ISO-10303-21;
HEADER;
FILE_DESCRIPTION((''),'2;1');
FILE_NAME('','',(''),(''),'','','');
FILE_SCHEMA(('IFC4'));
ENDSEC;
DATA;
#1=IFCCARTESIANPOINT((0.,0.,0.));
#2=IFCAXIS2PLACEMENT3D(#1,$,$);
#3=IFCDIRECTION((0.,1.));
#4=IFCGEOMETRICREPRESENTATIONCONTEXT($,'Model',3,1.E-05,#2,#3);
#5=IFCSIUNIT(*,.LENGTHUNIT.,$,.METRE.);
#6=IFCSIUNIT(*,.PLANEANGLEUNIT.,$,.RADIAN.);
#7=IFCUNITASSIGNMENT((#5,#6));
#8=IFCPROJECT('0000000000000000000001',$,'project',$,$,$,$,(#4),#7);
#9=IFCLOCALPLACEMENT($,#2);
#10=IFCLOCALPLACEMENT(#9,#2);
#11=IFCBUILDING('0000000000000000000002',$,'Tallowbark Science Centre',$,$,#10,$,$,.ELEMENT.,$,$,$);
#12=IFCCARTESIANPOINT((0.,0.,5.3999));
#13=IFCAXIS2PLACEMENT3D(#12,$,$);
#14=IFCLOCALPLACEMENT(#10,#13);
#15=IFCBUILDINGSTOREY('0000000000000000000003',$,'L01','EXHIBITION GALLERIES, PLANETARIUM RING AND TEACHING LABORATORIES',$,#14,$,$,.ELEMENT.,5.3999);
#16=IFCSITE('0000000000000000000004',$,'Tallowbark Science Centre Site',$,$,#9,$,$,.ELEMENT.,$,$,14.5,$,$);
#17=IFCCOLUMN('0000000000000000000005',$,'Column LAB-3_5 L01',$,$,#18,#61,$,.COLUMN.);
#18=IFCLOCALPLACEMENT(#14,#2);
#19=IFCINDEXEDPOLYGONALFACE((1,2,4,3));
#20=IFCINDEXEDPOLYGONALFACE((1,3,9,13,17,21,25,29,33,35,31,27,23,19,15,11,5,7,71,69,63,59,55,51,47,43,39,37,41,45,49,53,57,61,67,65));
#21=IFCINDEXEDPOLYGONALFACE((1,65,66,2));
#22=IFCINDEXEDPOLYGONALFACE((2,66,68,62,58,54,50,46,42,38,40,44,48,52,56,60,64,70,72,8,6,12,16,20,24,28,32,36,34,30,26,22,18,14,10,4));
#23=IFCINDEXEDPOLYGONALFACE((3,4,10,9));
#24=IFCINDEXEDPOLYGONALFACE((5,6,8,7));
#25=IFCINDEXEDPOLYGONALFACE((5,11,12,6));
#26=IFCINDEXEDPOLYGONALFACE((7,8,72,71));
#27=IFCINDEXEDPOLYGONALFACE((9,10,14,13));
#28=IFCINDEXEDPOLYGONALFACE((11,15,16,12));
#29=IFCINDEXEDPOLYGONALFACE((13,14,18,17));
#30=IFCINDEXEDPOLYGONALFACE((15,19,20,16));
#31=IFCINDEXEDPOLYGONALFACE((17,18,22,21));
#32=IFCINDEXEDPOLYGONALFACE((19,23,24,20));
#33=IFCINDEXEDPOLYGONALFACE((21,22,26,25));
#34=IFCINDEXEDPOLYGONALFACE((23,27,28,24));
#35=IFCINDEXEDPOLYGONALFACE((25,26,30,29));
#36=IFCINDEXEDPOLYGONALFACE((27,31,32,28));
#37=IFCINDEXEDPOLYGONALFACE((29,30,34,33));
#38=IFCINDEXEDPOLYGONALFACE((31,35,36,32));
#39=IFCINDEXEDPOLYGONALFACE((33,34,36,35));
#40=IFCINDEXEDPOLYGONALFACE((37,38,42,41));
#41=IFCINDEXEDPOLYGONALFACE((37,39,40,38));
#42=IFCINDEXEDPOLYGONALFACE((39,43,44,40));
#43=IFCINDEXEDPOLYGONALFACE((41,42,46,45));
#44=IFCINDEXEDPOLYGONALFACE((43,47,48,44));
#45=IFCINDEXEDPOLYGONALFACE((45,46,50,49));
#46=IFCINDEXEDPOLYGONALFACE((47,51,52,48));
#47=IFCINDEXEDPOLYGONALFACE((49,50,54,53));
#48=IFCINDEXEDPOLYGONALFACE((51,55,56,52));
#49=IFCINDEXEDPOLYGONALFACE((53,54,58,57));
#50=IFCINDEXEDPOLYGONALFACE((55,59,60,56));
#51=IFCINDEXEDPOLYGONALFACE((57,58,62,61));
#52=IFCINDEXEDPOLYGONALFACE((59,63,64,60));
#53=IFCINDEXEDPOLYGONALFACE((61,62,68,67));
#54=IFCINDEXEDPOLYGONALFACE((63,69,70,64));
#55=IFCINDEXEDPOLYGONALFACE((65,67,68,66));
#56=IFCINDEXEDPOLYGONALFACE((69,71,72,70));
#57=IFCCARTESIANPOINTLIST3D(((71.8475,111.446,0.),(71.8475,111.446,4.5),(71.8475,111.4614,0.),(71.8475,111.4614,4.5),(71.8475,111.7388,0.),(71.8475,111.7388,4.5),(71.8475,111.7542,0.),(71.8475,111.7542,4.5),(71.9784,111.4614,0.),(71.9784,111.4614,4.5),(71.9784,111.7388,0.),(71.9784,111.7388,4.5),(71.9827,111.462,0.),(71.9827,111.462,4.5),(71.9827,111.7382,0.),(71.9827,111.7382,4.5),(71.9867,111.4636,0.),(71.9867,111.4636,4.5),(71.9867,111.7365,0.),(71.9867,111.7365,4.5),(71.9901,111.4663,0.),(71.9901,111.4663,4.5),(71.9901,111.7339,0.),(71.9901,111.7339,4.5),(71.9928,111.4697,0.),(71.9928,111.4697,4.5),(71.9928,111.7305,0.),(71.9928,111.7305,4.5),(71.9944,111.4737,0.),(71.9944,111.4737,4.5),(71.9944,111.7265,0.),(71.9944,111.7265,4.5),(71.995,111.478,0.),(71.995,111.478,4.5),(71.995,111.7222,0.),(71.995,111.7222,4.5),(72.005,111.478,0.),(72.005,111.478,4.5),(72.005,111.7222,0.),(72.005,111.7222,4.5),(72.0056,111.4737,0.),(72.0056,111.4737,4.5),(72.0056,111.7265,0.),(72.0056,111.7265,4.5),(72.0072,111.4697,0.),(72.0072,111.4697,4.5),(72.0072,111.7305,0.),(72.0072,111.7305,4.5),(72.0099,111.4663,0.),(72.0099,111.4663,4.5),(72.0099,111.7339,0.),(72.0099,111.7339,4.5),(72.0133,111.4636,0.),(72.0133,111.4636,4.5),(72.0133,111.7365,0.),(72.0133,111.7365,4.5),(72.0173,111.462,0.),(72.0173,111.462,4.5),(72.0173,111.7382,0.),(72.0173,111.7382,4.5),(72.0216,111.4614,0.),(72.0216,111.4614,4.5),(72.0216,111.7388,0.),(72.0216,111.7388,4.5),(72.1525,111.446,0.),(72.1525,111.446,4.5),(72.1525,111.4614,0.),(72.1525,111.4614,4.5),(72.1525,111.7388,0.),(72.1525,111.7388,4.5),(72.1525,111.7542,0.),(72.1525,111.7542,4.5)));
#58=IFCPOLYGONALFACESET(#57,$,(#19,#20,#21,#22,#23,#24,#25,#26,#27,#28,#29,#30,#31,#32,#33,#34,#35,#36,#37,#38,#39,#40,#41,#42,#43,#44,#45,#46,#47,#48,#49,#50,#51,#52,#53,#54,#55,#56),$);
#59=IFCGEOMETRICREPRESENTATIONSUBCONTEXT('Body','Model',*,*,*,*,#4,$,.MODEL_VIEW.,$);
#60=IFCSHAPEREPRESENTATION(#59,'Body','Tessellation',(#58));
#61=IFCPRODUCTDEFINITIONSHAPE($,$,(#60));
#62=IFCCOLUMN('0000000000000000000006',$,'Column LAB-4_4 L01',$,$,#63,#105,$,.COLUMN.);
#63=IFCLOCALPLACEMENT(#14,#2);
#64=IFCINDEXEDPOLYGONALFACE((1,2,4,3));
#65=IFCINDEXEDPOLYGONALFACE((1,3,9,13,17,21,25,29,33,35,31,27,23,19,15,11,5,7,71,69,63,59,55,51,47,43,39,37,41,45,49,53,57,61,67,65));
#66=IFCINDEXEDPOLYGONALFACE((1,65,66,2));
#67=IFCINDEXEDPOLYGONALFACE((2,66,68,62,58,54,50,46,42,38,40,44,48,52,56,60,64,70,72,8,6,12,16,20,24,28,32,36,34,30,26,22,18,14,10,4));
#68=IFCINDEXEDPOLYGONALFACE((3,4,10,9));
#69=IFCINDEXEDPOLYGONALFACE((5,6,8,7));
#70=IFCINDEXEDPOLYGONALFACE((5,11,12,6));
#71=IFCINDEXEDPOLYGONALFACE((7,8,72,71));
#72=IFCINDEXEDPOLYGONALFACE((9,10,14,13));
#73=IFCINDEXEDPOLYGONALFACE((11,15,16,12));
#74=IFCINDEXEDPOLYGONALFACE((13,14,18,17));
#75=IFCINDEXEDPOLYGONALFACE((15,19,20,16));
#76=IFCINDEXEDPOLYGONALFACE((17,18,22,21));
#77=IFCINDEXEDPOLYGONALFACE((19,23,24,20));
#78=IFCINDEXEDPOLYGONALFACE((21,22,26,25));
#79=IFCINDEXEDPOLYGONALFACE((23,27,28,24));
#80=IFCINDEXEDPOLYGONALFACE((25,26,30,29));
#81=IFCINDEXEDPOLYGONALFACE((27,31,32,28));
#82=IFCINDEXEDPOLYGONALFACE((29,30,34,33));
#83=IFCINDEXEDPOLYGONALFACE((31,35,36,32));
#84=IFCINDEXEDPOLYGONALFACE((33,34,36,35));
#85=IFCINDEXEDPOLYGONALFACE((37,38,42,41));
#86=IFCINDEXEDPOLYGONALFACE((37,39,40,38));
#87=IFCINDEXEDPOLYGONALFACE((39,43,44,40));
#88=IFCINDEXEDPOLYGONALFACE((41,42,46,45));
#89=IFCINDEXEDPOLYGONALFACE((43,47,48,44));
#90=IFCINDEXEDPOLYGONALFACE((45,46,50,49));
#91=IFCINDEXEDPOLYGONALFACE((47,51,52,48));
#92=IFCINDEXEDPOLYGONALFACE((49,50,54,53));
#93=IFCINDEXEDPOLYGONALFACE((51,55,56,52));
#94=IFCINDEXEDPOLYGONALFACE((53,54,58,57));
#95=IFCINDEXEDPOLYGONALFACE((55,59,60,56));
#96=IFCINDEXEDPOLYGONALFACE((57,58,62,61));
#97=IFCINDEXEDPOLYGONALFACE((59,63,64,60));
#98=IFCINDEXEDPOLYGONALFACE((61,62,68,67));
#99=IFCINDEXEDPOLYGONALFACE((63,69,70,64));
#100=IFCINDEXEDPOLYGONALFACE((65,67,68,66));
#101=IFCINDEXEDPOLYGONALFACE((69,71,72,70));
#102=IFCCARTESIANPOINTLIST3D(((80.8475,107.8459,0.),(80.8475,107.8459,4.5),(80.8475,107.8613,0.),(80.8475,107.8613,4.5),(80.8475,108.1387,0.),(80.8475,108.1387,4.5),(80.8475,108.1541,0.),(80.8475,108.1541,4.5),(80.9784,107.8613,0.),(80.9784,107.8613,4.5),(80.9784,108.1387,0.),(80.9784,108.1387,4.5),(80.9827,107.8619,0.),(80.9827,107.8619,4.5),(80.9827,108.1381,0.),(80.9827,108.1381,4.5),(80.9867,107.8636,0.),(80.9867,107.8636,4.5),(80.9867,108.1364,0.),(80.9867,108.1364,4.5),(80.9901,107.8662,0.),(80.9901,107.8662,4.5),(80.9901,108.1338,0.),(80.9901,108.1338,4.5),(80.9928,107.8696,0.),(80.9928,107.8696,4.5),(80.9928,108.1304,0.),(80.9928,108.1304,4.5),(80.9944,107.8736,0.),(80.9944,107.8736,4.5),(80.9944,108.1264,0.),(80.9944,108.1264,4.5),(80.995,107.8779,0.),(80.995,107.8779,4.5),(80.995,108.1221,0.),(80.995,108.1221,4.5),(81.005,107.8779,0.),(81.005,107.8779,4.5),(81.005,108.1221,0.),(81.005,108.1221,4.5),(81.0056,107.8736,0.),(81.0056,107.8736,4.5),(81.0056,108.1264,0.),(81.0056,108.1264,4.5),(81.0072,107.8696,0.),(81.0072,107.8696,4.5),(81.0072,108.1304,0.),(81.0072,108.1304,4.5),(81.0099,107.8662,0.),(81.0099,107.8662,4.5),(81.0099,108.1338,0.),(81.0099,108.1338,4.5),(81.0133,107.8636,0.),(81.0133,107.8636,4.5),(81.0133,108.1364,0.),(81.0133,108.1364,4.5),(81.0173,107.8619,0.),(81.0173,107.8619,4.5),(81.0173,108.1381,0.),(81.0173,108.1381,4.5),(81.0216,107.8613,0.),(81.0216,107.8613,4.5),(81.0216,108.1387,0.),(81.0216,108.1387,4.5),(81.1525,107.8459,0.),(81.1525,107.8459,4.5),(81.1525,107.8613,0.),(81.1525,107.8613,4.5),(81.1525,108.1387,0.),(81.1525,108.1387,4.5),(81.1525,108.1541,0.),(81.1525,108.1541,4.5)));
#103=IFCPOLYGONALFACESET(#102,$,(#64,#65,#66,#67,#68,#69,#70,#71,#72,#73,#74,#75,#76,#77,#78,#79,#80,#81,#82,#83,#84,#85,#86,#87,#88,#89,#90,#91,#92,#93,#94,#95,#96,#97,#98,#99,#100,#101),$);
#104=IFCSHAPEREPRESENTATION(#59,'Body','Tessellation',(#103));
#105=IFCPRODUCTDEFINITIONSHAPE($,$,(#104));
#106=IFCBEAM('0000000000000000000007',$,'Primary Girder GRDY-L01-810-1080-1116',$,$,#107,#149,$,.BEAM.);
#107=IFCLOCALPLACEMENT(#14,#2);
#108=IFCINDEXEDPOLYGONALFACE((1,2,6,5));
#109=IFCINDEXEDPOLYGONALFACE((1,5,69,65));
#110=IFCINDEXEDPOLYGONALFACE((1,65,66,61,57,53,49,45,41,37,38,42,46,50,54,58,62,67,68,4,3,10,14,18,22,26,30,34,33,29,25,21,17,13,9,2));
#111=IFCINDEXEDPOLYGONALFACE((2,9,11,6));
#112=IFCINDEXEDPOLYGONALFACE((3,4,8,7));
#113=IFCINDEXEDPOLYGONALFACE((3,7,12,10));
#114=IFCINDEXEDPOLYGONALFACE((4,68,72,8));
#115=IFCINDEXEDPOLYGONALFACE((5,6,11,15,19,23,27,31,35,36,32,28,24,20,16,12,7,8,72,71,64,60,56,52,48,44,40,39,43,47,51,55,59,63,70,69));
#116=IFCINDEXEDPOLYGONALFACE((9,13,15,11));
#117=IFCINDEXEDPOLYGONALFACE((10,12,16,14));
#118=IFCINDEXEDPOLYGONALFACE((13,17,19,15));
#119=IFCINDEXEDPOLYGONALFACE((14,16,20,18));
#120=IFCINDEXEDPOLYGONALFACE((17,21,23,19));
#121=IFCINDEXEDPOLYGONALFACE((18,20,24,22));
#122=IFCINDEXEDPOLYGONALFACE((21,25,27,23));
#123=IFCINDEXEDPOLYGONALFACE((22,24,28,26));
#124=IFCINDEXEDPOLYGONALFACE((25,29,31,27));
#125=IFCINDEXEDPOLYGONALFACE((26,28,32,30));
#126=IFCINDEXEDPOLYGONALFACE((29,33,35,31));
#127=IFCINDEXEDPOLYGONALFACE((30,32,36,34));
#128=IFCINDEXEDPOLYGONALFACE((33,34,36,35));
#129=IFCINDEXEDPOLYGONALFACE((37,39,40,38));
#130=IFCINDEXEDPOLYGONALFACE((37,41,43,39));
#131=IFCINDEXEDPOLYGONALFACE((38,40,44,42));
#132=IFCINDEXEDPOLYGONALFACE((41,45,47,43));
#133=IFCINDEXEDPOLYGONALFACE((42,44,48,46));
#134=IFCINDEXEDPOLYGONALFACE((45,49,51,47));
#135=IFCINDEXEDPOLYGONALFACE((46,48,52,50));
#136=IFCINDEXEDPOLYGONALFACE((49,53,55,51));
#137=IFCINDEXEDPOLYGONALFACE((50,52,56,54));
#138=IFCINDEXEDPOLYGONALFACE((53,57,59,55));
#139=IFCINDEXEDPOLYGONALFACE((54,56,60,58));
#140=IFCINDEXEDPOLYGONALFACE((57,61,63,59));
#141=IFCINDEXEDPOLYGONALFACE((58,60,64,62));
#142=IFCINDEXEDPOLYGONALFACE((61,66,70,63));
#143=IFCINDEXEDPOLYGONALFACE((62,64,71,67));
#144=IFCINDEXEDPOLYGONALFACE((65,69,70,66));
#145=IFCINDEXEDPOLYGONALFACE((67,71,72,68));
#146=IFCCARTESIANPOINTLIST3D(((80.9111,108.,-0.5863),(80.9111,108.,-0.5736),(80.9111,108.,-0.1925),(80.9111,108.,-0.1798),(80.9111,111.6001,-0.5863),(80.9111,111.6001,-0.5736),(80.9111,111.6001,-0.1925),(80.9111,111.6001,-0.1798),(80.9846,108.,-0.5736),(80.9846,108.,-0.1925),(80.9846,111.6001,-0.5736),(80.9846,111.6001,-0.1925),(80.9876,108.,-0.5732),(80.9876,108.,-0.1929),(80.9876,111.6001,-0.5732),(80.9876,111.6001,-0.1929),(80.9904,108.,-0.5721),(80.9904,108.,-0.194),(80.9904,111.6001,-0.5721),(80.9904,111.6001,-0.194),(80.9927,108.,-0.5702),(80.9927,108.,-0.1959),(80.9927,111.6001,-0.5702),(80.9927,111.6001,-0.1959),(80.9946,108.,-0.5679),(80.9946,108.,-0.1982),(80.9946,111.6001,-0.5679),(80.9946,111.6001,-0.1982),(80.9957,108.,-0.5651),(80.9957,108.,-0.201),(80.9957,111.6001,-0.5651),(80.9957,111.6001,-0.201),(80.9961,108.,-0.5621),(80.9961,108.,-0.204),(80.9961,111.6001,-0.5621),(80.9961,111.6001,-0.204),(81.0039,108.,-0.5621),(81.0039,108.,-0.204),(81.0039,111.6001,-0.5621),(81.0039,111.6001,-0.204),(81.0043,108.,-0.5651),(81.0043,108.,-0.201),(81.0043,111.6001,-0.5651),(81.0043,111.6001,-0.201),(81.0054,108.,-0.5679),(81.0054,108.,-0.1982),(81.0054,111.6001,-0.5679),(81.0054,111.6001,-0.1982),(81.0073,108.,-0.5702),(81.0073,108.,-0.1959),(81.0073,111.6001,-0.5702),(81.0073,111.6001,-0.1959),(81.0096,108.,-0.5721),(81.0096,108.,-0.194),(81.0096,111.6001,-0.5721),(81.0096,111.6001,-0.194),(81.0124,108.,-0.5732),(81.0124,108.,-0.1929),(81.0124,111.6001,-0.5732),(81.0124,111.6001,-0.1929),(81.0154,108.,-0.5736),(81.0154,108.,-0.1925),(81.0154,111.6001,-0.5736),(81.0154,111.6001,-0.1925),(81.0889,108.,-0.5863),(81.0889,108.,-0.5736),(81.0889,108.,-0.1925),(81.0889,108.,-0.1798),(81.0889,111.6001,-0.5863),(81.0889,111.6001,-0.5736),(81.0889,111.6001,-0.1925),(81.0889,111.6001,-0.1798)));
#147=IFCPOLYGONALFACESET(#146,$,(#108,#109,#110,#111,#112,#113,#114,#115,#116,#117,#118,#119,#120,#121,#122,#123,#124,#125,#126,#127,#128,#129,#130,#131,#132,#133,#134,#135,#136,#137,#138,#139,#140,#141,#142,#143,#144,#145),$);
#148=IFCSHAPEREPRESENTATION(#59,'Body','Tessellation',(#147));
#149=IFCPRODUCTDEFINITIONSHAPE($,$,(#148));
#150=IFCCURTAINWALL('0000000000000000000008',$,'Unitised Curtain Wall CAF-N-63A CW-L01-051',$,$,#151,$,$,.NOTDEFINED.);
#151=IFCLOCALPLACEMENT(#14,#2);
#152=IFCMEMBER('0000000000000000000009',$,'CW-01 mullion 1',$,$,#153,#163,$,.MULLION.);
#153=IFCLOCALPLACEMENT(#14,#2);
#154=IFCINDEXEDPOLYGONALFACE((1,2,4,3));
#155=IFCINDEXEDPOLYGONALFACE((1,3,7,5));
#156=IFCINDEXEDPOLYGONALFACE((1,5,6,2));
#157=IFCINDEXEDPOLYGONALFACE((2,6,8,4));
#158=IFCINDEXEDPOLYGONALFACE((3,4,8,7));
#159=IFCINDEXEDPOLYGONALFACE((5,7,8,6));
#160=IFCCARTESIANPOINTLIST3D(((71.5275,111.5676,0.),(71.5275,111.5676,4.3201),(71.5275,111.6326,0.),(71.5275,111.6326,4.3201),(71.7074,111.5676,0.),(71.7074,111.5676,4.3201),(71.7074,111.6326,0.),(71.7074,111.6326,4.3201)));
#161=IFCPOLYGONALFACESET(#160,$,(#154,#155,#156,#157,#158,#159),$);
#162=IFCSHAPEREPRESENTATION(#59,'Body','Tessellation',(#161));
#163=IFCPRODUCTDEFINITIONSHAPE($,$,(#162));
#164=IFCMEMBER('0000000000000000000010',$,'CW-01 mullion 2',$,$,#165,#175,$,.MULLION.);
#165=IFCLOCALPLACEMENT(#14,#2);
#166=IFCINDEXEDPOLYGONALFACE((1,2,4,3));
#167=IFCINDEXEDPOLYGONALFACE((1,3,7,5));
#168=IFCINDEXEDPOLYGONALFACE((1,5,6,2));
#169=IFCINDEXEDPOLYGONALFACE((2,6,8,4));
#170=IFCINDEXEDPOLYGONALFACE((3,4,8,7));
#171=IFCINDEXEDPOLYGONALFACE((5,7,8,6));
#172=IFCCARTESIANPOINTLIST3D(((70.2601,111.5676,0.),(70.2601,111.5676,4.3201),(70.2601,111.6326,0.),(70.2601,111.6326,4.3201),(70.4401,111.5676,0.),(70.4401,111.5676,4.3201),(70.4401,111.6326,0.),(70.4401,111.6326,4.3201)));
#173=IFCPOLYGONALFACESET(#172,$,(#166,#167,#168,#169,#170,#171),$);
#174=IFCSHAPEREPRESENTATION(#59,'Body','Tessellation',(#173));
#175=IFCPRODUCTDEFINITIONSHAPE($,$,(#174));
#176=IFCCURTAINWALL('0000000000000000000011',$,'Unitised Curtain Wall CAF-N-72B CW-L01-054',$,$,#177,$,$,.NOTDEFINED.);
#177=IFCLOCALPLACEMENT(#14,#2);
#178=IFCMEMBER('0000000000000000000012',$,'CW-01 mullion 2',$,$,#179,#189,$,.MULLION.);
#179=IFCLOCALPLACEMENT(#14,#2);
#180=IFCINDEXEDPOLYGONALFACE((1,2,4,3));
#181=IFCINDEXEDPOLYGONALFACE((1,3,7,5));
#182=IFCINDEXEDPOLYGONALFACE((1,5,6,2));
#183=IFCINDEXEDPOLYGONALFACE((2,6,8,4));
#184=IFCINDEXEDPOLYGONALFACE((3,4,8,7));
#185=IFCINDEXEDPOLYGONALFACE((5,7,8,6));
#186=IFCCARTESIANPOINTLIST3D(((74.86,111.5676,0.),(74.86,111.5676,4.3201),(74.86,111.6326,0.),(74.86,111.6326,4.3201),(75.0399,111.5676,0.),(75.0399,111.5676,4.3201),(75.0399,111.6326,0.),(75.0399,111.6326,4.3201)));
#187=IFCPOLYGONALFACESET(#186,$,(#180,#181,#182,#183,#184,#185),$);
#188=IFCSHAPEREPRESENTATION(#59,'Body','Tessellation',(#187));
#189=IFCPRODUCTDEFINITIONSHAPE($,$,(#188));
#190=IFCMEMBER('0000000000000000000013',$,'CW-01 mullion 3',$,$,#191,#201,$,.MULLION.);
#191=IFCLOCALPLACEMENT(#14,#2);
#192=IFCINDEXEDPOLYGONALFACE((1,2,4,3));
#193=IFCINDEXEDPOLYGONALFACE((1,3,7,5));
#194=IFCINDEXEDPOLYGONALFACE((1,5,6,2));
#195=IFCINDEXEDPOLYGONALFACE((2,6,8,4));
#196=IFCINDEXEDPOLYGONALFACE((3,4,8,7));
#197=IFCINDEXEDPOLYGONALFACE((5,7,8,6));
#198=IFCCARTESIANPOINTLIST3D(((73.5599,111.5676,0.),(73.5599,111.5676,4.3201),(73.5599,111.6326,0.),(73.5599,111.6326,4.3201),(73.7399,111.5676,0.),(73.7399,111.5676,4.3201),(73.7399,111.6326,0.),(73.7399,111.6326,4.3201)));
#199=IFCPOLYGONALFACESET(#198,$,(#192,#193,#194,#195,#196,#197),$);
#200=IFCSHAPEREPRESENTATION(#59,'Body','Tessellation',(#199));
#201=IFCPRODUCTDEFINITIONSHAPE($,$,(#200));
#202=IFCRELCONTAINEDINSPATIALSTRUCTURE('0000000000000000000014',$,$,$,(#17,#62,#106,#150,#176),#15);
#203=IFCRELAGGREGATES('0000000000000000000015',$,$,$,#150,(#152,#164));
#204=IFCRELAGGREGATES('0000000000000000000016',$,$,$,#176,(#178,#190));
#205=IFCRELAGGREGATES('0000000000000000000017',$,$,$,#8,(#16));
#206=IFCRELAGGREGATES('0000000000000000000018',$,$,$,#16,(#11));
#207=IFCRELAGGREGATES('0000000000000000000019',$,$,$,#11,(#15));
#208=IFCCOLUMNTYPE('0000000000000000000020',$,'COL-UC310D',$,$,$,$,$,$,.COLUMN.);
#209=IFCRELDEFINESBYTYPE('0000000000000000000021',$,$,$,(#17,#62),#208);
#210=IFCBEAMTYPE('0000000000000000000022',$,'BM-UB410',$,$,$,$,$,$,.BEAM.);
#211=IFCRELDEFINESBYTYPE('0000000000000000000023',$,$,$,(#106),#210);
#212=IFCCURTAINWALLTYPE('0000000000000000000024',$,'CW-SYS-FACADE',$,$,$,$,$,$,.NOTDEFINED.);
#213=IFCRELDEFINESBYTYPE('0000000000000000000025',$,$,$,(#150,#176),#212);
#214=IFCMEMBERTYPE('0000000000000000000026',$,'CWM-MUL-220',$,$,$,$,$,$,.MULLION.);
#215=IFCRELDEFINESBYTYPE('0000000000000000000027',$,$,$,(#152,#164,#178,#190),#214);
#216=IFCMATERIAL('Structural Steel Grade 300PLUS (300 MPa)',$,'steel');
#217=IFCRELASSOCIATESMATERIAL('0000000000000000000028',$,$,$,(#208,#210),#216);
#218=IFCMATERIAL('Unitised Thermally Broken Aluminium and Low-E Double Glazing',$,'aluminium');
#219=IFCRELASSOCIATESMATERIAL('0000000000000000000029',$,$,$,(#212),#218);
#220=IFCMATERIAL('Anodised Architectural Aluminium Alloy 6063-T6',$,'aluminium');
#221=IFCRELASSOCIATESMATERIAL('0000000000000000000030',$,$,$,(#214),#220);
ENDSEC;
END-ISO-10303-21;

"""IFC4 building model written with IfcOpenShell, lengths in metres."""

from ifc_helpers import new_model, si_unit, direction, frame, origin, origin_2d, place, context, subcontext, project, spatial, rectangle, i_section, extrude, material, material_profile, profile_set, type_object, element, aggregate, save


model = new_model("IFC4")

# Units and contexts
model_context = context("Model", 3, precision=1e-05, world=origin(), true_north=direction((0.0, 1.0)))
body_context = subcontext(model_context, "Body", "Model", "MODEL_VIEW")
ifc_project = project(units=[si_unit("LENGTHUNIT", "METRE"), si_unit("PLANEANGLEUNIT", "RADIAN")], contexts=[model_context])

# Site, building, storey
site_placement = place(None, origin())
site = spatial("IfcSite", under=ifc_project, at=site_placement, Name="Tallowbark Science Centre Site", CompositionType="ELEMENT", RefElevation=14.5)
building_placement = place(site_placement, origin())
building = spatial("IfcBuilding", under=site, at=building_placement, Name="Tallowbark Science Centre", CompositionType="ELEMENT")
storey_placement = place(building_placement, frame((0.0, 0.0, 5.3999)))
storey = spatial("IfcBuildingStorey", under=building, at=storey_placement, Name="L01", Description="EXHIBITION GALLERIES, PLANETARIUM RING AND TEACHING LABORATORIES", CompositionType="ELEMENT", Elevation=5.3999)

# Columns
ifc_material_1 = material(Name="Structural Steel Grade 300PLUS (300 MPa)", Category="steel")
ifc_material_profile_1 = material_profile(ifc_material_1, i_section(OverallWidth=0.3049, OverallDepth=0.3081, WebThickness=0.01, FlangeThickness=0.0154, FilletRadius=0.0166, at=origin_2d()), Name="310UC96.8")
ifc_profile_set_1 = profile_set([ifc_material_profile_1], Name="Structural Steel Grade 300PLUS (300 MPa)")
column_type = type_object("IfcColumnType", Name="COL-UC310D", PredefinedType="COLUMN", material=ifc_profile_set_1)
for number, where, z_axis, x_axis, name in (
    (1, (72.0, 111.6001, 0.0), (0.0, 0.0, 1.0), (1.0, 0.0, 0.0), "Column LAB-3_5 L01"),
    (2, (81.0, 108.0, 0.0), (0.0, 0.0, 1.0), (1.0, 0.0, 0.0), "Column LAB-4_4 L01"),
):
    element("IfcColumn", number, at=place(storey_placement, frame(where, z_axis=z_axis, x_axis=x_axis)), inside=storey, type_object=column_type, Name=name, PredefinedType="COLUMN", context=body_context, shape_type="SweptSolid", body=[
        extrude(i_section(OverallWidth=0.3049, OverallDepth=0.3081, WebThickness=0.01, FlangeThickness=0.0154, FilletRadius=0.0166, at=origin_2d()), origin(), (0.0, 0.0, 1.0), 4.5),
    ])

# Beam
ifc_material_profile_2 = material_profile(ifc_material_1, i_section(OverallWidth=0.1777, OverallDepth=0.4065, WebThickness=0.0078, FlangeThickness=0.0127, FilletRadius=0.0115, at=origin_2d()), Name="410UB59.7")
ifc_profile_set_2 = profile_set([ifc_material_profile_2], Name="Structural Steel Grade 300PLUS (300 MPa)")
beam_type_1 = type_object("IfcBeamType", Name="BM-UB410", PredefinedType="BEAM", material=ifc_profile_set_2)
beam_1_placement = place(storey_placement, frame((81.0, 108.0, -0.3831), z_axis=(0.0, 1.0, 0.0), x_axis=(-1.0, 0.0, 0.0)))
element("IfcBeam", 3, at=beam_1_placement, inside=storey, type_object=beam_type_1, Name="Primary Girder GRDY-L01-810-1080-1116", PredefinedType="BEAM", context=body_context, shape_type="SweptSolid", body=[
    extrude(i_section(OverallWidth=0.1777, OverallDepth=0.4065, WebThickness=0.0078, FlangeThickness=0.0127, FilletRadius=0.0115, at=origin_2d()), origin(), (0.0, 0.0, 1.0), 3.6001),
])

# Curtain walls, members
ifc_material_2 = material(Name="Unitised Thermally Broken Aluminium and Low-E Double Glazing", Category="aluminium")
curtain_wall_type = type_object("IfcCurtainWallType", Name="CW-SYS-FACADE", PredefinedType="NOTDEFINED", material=ifc_material_2)
curtain_wall_1_placement = place(storey_placement, origin())
curtain_wall_1 = element("IfcCurtainWall", 4, at=curtain_wall_1_placement, inside=storey, type_object=curtain_wall_type, Name="Unitised Curtain Wall CAF-N-63A CW-L01-051", PredefinedType="NOTDEFINED")
ifc_material_3 = material(Name="Anodised Architectural Aluminium Alloy 6063-T6", Category="aluminium")
ifc_material_profile_3 = material_profile(ifc_material_3, rectangle(XDim=0.0649, YDim=0.1799, at=origin_2d()), Name="ALU65x180")
ifc_profile_set_3 = profile_set([ifc_material_profile_3], Name="Anodised Architectural Aluminium Alloy 6063-T6")
member_type_1 = type_object("IfcMemberType", Name="CWM-MUL-220", PredefinedType="MULLION", material=ifc_profile_set_3)
member_1_placement = place(storey_placement, frame((71.6174, 111.6001, 0.0), z_axis=(0.0, 0.0, 1.0), x_axis=(0.0, -1.0, 0.0)))
member_1 = element("IfcMember", 5, at=member_1_placement, type_object=member_type_1, Name="CW-01 mullion 1", PredefinedType="MULLION", context=body_context, shape_type="SweptSolid", body=[
    extrude(rectangle(XDim=0.0649, YDim=0.1799, at=origin_2d()), origin(), (0.0, 0.0, 1.0), 4.3201),
])
member_2_placement = place(storey_placement, frame((70.3501, 111.6001, 0.0), z_axis=(0.0, 0.0, 1.0), x_axis=(0.0, -1.0, 0.0)))
member_2 = element("IfcMember", 6, at=member_2_placement, type_object=member_type_1, Name="CW-01 mullion 2", PredefinedType="MULLION", context=body_context, shape_type="SweptSolid", body=[
    extrude(rectangle(XDim=0.0649, YDim=0.1799, at=origin_2d()), origin(), (0.0, 0.0, 1.0), 4.3201),
])
curtain_wall_2_placement = place(storey_placement, origin())
curtain_wall_2 = element("IfcCurtainWall", 7, at=curtain_wall_2_placement, inside=storey, type_object=curtain_wall_type, Name="Unitised Curtain Wall CAF-N-72B CW-L01-054", PredefinedType="NOTDEFINED")
member_3_placement = place(storey_placement, frame((74.95, 111.6001, 0.0), z_axis=(0.0, 0.0, 1.0), x_axis=(0.0, -1.0, 0.0)))
member_3 = element("IfcMember", 8, at=member_3_placement, type_object=member_type_1, Name="CW-01 mullion 2", PredefinedType="MULLION", context=body_context, shape_type="SweptSolid", body=[
    extrude(rectangle(XDim=0.0649, YDim=0.1799, at=origin_2d()), origin(), (0.0, 0.0, 1.0), 4.3201),
])
member_4_placement = place(storey_placement, frame((73.6499, 111.6001, 0.0), z_axis=(0.0, 0.0, 1.0), x_axis=(0.0, -1.0, 0.0)))
member_4 = element("IfcMember", 9, at=member_4_placement, type_object=member_type_1, Name="CW-01 mullion 3", PredefinedType="MULLION", context=body_context, shape_type="SweptSolid", body=[
    extrude(rectangle(XDim=0.0649, YDim=0.1799, at=origin_2d()), origin(), (0.0, 0.0, 1.0), 4.3201),
])

aggregate(curtain_wall_1, [member_1, member_2])
aggregate(curtain_wall_2, [member_3, member_4])

save(model, "model.ifc")
